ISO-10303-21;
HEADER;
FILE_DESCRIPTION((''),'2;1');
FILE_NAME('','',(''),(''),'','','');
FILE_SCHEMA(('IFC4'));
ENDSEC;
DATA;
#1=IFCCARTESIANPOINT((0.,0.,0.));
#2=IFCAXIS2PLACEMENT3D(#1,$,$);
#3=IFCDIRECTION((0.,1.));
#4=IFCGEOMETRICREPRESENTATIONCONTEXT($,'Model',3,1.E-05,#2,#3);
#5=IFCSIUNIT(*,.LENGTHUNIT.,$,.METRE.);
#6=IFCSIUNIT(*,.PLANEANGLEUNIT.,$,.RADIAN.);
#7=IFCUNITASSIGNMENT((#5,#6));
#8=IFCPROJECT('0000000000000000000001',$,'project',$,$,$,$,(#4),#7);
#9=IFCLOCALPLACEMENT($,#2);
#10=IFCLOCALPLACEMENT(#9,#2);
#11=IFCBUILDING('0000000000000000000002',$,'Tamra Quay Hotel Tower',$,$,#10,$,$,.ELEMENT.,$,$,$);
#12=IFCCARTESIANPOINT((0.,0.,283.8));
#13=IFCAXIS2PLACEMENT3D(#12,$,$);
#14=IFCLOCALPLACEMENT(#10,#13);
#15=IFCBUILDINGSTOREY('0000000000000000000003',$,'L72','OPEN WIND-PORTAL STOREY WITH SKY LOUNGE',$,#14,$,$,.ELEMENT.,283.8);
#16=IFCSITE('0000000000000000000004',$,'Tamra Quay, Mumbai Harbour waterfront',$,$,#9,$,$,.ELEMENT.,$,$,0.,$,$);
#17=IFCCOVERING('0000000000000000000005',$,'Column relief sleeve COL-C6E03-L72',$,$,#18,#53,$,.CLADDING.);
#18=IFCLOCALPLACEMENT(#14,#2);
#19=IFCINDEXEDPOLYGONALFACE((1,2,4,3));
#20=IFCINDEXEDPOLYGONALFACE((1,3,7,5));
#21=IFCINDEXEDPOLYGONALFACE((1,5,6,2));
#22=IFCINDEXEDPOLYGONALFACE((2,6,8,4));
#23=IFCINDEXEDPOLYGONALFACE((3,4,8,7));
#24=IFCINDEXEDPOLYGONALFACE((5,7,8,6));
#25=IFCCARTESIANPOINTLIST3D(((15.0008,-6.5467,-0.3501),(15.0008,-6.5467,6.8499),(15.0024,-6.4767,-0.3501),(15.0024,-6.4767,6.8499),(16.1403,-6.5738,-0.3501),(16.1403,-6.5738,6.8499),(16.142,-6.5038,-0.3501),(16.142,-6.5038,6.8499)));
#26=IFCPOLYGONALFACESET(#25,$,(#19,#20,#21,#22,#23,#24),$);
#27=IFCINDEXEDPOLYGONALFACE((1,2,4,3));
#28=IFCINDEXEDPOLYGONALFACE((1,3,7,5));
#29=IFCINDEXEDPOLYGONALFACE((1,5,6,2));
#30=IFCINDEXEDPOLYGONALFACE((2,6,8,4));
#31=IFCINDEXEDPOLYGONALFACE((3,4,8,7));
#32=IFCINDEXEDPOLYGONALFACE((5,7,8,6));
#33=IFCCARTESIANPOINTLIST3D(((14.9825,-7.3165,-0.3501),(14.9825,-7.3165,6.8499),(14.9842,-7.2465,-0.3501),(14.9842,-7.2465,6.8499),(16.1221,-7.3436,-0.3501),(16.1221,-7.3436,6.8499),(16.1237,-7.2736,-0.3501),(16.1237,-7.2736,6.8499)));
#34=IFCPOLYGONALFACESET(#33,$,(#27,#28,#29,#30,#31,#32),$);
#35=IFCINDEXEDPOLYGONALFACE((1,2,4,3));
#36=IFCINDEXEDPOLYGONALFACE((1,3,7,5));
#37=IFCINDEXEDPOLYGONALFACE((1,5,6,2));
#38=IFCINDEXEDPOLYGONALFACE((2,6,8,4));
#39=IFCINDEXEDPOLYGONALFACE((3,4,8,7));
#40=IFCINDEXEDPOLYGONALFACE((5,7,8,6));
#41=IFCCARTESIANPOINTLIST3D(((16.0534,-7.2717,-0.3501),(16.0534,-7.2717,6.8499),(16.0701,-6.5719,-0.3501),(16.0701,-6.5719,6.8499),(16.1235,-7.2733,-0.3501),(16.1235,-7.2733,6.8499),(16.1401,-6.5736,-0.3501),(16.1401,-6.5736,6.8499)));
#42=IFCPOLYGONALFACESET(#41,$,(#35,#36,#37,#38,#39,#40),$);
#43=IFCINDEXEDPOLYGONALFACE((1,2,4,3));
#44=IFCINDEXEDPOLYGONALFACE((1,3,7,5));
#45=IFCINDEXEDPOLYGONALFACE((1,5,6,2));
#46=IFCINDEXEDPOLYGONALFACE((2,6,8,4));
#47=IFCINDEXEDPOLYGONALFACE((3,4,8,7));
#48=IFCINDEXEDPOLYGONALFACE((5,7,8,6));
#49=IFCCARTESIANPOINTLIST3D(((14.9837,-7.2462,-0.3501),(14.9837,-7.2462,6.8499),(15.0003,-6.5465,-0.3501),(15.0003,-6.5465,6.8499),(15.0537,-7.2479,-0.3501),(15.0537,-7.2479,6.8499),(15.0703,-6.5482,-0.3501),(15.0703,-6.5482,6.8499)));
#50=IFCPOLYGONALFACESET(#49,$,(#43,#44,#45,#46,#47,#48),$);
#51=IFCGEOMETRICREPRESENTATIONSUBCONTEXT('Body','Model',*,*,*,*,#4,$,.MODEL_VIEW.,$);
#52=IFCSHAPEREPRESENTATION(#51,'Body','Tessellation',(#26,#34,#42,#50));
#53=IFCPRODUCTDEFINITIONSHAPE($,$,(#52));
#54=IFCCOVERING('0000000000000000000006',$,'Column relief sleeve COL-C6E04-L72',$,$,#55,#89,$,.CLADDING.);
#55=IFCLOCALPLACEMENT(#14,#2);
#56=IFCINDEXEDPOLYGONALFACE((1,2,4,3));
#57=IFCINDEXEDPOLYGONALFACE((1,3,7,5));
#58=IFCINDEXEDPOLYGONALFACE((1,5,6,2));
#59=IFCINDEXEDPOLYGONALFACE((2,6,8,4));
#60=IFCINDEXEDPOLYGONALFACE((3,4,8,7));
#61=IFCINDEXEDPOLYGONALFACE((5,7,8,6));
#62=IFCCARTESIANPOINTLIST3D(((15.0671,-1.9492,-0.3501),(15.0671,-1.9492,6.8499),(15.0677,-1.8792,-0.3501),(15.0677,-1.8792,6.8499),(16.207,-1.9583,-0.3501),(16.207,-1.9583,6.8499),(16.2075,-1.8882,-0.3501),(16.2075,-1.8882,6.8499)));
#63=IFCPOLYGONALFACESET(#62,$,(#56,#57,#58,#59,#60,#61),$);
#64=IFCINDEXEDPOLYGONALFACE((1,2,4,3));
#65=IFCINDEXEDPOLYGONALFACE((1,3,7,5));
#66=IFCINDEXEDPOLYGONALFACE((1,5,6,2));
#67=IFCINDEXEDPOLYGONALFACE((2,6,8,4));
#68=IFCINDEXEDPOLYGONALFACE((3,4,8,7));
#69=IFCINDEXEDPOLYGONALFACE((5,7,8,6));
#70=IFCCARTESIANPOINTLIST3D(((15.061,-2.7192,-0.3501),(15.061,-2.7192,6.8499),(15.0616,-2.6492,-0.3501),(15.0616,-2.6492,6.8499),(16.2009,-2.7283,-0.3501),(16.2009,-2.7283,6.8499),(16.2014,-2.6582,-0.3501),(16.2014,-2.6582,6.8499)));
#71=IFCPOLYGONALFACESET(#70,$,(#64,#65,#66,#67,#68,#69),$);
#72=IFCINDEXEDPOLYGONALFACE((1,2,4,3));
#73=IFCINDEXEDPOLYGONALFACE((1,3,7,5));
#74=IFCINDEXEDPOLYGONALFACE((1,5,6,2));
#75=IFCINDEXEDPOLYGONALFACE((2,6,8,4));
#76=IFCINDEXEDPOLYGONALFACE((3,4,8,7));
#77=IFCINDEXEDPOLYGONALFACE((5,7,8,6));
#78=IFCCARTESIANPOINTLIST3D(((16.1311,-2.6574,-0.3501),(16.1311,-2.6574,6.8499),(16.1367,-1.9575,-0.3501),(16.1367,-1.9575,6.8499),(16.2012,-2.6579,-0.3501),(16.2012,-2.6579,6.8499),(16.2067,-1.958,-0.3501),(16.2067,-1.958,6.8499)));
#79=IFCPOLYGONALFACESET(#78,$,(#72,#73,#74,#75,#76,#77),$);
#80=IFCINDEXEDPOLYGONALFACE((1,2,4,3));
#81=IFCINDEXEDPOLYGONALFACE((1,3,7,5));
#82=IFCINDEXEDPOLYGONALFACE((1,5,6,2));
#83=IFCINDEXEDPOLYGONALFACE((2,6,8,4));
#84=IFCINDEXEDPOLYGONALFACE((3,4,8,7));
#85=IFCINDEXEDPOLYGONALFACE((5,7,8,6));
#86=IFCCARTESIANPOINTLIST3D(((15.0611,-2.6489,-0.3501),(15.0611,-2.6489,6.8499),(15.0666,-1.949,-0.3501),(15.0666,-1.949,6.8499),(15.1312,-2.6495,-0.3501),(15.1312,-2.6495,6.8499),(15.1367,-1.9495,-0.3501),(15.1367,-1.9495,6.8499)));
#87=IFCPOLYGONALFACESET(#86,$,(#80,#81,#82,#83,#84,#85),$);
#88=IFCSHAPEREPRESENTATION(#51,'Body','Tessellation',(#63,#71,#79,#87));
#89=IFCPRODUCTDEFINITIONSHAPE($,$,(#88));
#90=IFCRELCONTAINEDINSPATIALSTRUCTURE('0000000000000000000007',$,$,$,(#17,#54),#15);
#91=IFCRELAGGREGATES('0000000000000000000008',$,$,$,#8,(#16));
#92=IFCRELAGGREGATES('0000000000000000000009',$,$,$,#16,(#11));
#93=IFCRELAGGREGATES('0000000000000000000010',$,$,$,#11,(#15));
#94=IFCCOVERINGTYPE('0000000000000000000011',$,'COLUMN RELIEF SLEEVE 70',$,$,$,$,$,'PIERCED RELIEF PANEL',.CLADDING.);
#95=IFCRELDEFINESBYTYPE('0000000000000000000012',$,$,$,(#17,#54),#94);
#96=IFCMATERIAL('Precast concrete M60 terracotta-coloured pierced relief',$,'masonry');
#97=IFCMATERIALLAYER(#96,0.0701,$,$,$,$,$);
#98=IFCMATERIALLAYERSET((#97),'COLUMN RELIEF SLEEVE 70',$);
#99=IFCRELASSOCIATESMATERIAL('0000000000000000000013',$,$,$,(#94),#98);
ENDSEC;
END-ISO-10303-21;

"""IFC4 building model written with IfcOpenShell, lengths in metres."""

from ifc_helpers import new_model, si_unit, direction, frame, frame_2d, origin, place, context, subcontext, project, spatial, rectangle, extrude, source, transform, mapped, material, layer, layer_set, type_object, element, save


model = new_model("IFC4")

# Units and contexts
model_context = context("Model", 3, precision=1e-05, world=origin(), true_north=direction((0.0, 1.0)))
body_context = subcontext(model_context, "Body", "Model", "MODEL_VIEW")
ifc_project = project(units=[si_unit("LENGTHUNIT", "METRE"), si_unit("PLANEANGLEUNIT", "RADIAN")], contexts=[model_context])

# Site, building, storey
site_placement = place(None, origin())
site = spatial("IfcSite", under=ifc_project, at=site_placement, Name="Tamra Quay, Mumbai Harbour waterfront", CompositionType="ELEMENT", RefElevation=0.0)
building_placement = place(site_placement, origin())
building = spatial("IfcBuilding", under=site, at=building_placement, Name="Tamra Quay Hotel Tower", CompositionType="ELEMENT")
storey_placement = place(building_placement, frame((0.0, 0.0, 283.8)))
storey = spatial("IfcBuildingStorey", under=building, at=storey_placement, Name="L72", Description="OPEN WIND-PORTAL STOREY WITH SKY LOUNGE", CompositionType="ELEMENT", Elevation=283.8)

# Coverings
ifc_material_1 = material(Name="Precast concrete M60 terracotta-coloured pierced relief", Category="masonry")
ifc_layer_1 = layer(ifc_material_1, 0.0701)
ifc_layer_set_1 = layer_set([ifc_layer_1], Name="COLUMN RELIEF SLEEVE 70")
covering_type = type_object("IfcCoveringType", Name="COLUMN RELIEF SLEEVE 70", ElementType="PIERCED RELIEF PANEL", PredefinedType="CLADDING", material=ifc_layer_set_1)
shared_shape = source(origin(), body_context, "Body", "SweptSolid", [
    extrude(rectangle(XDim=1.1399, YDim=0.0701, at=frame_2d((0.5698, 0.0352))), frame((-0.5701, -0.4199, 0.0)), (0.0, 0.0, 1.0), 7.2),
    extrude(rectangle(XDim=1.1399, YDim=0.0701, at=frame_2d((0.5698, 0.0352))), frame((-0.5701, 0.3501, 0.0)), (0.0, 0.0, 1.0), 7.2),
    extrude(rectangle(XDim=0.0701, YDim=0.7, at=frame_2d((0.0352, 0.3501))), frame((-0.5701, -0.3501, 0.0)), (0.0, 0.0, 1.0), 7.2),
    extrude(rectangle(XDim=0.0701, YDim=0.7, at=frame_2d((0.0352, 0.3501))), frame((0.5, -0.3501, 0.0)), (0.0, 0.0, 1.0), 7.2),
])
for number, where, z_axis, x_axis, name in (
    (1, (15.562, -6.9099, -0.3501), (0.0, 0.0, 1.0), (-0.999718, 0.023753, 0.0), "Column relief sleeve COL-C6E03-L72"),
    (2, (15.634, -2.3035, -0.3501), (0.0, 0.0, 1.0), (-0.999969, 0.00792, 0.0), "Column relief sleeve COL-C6E04-L72"),
):
    element("IfcCovering", number, at=place(storey_placement, frame(where, z_axis=z_axis, x_axis=x_axis)), inside=storey, type_object=covering_type, Name=name, PredefinedType="CLADDING", context=body_context, shape_type="MappedRepresentation", body=[
        mapped(shared_shape, transform((0.0, 0.0, 0.0), scale=1.0)),
    ])

save(model, "model.ifc")
